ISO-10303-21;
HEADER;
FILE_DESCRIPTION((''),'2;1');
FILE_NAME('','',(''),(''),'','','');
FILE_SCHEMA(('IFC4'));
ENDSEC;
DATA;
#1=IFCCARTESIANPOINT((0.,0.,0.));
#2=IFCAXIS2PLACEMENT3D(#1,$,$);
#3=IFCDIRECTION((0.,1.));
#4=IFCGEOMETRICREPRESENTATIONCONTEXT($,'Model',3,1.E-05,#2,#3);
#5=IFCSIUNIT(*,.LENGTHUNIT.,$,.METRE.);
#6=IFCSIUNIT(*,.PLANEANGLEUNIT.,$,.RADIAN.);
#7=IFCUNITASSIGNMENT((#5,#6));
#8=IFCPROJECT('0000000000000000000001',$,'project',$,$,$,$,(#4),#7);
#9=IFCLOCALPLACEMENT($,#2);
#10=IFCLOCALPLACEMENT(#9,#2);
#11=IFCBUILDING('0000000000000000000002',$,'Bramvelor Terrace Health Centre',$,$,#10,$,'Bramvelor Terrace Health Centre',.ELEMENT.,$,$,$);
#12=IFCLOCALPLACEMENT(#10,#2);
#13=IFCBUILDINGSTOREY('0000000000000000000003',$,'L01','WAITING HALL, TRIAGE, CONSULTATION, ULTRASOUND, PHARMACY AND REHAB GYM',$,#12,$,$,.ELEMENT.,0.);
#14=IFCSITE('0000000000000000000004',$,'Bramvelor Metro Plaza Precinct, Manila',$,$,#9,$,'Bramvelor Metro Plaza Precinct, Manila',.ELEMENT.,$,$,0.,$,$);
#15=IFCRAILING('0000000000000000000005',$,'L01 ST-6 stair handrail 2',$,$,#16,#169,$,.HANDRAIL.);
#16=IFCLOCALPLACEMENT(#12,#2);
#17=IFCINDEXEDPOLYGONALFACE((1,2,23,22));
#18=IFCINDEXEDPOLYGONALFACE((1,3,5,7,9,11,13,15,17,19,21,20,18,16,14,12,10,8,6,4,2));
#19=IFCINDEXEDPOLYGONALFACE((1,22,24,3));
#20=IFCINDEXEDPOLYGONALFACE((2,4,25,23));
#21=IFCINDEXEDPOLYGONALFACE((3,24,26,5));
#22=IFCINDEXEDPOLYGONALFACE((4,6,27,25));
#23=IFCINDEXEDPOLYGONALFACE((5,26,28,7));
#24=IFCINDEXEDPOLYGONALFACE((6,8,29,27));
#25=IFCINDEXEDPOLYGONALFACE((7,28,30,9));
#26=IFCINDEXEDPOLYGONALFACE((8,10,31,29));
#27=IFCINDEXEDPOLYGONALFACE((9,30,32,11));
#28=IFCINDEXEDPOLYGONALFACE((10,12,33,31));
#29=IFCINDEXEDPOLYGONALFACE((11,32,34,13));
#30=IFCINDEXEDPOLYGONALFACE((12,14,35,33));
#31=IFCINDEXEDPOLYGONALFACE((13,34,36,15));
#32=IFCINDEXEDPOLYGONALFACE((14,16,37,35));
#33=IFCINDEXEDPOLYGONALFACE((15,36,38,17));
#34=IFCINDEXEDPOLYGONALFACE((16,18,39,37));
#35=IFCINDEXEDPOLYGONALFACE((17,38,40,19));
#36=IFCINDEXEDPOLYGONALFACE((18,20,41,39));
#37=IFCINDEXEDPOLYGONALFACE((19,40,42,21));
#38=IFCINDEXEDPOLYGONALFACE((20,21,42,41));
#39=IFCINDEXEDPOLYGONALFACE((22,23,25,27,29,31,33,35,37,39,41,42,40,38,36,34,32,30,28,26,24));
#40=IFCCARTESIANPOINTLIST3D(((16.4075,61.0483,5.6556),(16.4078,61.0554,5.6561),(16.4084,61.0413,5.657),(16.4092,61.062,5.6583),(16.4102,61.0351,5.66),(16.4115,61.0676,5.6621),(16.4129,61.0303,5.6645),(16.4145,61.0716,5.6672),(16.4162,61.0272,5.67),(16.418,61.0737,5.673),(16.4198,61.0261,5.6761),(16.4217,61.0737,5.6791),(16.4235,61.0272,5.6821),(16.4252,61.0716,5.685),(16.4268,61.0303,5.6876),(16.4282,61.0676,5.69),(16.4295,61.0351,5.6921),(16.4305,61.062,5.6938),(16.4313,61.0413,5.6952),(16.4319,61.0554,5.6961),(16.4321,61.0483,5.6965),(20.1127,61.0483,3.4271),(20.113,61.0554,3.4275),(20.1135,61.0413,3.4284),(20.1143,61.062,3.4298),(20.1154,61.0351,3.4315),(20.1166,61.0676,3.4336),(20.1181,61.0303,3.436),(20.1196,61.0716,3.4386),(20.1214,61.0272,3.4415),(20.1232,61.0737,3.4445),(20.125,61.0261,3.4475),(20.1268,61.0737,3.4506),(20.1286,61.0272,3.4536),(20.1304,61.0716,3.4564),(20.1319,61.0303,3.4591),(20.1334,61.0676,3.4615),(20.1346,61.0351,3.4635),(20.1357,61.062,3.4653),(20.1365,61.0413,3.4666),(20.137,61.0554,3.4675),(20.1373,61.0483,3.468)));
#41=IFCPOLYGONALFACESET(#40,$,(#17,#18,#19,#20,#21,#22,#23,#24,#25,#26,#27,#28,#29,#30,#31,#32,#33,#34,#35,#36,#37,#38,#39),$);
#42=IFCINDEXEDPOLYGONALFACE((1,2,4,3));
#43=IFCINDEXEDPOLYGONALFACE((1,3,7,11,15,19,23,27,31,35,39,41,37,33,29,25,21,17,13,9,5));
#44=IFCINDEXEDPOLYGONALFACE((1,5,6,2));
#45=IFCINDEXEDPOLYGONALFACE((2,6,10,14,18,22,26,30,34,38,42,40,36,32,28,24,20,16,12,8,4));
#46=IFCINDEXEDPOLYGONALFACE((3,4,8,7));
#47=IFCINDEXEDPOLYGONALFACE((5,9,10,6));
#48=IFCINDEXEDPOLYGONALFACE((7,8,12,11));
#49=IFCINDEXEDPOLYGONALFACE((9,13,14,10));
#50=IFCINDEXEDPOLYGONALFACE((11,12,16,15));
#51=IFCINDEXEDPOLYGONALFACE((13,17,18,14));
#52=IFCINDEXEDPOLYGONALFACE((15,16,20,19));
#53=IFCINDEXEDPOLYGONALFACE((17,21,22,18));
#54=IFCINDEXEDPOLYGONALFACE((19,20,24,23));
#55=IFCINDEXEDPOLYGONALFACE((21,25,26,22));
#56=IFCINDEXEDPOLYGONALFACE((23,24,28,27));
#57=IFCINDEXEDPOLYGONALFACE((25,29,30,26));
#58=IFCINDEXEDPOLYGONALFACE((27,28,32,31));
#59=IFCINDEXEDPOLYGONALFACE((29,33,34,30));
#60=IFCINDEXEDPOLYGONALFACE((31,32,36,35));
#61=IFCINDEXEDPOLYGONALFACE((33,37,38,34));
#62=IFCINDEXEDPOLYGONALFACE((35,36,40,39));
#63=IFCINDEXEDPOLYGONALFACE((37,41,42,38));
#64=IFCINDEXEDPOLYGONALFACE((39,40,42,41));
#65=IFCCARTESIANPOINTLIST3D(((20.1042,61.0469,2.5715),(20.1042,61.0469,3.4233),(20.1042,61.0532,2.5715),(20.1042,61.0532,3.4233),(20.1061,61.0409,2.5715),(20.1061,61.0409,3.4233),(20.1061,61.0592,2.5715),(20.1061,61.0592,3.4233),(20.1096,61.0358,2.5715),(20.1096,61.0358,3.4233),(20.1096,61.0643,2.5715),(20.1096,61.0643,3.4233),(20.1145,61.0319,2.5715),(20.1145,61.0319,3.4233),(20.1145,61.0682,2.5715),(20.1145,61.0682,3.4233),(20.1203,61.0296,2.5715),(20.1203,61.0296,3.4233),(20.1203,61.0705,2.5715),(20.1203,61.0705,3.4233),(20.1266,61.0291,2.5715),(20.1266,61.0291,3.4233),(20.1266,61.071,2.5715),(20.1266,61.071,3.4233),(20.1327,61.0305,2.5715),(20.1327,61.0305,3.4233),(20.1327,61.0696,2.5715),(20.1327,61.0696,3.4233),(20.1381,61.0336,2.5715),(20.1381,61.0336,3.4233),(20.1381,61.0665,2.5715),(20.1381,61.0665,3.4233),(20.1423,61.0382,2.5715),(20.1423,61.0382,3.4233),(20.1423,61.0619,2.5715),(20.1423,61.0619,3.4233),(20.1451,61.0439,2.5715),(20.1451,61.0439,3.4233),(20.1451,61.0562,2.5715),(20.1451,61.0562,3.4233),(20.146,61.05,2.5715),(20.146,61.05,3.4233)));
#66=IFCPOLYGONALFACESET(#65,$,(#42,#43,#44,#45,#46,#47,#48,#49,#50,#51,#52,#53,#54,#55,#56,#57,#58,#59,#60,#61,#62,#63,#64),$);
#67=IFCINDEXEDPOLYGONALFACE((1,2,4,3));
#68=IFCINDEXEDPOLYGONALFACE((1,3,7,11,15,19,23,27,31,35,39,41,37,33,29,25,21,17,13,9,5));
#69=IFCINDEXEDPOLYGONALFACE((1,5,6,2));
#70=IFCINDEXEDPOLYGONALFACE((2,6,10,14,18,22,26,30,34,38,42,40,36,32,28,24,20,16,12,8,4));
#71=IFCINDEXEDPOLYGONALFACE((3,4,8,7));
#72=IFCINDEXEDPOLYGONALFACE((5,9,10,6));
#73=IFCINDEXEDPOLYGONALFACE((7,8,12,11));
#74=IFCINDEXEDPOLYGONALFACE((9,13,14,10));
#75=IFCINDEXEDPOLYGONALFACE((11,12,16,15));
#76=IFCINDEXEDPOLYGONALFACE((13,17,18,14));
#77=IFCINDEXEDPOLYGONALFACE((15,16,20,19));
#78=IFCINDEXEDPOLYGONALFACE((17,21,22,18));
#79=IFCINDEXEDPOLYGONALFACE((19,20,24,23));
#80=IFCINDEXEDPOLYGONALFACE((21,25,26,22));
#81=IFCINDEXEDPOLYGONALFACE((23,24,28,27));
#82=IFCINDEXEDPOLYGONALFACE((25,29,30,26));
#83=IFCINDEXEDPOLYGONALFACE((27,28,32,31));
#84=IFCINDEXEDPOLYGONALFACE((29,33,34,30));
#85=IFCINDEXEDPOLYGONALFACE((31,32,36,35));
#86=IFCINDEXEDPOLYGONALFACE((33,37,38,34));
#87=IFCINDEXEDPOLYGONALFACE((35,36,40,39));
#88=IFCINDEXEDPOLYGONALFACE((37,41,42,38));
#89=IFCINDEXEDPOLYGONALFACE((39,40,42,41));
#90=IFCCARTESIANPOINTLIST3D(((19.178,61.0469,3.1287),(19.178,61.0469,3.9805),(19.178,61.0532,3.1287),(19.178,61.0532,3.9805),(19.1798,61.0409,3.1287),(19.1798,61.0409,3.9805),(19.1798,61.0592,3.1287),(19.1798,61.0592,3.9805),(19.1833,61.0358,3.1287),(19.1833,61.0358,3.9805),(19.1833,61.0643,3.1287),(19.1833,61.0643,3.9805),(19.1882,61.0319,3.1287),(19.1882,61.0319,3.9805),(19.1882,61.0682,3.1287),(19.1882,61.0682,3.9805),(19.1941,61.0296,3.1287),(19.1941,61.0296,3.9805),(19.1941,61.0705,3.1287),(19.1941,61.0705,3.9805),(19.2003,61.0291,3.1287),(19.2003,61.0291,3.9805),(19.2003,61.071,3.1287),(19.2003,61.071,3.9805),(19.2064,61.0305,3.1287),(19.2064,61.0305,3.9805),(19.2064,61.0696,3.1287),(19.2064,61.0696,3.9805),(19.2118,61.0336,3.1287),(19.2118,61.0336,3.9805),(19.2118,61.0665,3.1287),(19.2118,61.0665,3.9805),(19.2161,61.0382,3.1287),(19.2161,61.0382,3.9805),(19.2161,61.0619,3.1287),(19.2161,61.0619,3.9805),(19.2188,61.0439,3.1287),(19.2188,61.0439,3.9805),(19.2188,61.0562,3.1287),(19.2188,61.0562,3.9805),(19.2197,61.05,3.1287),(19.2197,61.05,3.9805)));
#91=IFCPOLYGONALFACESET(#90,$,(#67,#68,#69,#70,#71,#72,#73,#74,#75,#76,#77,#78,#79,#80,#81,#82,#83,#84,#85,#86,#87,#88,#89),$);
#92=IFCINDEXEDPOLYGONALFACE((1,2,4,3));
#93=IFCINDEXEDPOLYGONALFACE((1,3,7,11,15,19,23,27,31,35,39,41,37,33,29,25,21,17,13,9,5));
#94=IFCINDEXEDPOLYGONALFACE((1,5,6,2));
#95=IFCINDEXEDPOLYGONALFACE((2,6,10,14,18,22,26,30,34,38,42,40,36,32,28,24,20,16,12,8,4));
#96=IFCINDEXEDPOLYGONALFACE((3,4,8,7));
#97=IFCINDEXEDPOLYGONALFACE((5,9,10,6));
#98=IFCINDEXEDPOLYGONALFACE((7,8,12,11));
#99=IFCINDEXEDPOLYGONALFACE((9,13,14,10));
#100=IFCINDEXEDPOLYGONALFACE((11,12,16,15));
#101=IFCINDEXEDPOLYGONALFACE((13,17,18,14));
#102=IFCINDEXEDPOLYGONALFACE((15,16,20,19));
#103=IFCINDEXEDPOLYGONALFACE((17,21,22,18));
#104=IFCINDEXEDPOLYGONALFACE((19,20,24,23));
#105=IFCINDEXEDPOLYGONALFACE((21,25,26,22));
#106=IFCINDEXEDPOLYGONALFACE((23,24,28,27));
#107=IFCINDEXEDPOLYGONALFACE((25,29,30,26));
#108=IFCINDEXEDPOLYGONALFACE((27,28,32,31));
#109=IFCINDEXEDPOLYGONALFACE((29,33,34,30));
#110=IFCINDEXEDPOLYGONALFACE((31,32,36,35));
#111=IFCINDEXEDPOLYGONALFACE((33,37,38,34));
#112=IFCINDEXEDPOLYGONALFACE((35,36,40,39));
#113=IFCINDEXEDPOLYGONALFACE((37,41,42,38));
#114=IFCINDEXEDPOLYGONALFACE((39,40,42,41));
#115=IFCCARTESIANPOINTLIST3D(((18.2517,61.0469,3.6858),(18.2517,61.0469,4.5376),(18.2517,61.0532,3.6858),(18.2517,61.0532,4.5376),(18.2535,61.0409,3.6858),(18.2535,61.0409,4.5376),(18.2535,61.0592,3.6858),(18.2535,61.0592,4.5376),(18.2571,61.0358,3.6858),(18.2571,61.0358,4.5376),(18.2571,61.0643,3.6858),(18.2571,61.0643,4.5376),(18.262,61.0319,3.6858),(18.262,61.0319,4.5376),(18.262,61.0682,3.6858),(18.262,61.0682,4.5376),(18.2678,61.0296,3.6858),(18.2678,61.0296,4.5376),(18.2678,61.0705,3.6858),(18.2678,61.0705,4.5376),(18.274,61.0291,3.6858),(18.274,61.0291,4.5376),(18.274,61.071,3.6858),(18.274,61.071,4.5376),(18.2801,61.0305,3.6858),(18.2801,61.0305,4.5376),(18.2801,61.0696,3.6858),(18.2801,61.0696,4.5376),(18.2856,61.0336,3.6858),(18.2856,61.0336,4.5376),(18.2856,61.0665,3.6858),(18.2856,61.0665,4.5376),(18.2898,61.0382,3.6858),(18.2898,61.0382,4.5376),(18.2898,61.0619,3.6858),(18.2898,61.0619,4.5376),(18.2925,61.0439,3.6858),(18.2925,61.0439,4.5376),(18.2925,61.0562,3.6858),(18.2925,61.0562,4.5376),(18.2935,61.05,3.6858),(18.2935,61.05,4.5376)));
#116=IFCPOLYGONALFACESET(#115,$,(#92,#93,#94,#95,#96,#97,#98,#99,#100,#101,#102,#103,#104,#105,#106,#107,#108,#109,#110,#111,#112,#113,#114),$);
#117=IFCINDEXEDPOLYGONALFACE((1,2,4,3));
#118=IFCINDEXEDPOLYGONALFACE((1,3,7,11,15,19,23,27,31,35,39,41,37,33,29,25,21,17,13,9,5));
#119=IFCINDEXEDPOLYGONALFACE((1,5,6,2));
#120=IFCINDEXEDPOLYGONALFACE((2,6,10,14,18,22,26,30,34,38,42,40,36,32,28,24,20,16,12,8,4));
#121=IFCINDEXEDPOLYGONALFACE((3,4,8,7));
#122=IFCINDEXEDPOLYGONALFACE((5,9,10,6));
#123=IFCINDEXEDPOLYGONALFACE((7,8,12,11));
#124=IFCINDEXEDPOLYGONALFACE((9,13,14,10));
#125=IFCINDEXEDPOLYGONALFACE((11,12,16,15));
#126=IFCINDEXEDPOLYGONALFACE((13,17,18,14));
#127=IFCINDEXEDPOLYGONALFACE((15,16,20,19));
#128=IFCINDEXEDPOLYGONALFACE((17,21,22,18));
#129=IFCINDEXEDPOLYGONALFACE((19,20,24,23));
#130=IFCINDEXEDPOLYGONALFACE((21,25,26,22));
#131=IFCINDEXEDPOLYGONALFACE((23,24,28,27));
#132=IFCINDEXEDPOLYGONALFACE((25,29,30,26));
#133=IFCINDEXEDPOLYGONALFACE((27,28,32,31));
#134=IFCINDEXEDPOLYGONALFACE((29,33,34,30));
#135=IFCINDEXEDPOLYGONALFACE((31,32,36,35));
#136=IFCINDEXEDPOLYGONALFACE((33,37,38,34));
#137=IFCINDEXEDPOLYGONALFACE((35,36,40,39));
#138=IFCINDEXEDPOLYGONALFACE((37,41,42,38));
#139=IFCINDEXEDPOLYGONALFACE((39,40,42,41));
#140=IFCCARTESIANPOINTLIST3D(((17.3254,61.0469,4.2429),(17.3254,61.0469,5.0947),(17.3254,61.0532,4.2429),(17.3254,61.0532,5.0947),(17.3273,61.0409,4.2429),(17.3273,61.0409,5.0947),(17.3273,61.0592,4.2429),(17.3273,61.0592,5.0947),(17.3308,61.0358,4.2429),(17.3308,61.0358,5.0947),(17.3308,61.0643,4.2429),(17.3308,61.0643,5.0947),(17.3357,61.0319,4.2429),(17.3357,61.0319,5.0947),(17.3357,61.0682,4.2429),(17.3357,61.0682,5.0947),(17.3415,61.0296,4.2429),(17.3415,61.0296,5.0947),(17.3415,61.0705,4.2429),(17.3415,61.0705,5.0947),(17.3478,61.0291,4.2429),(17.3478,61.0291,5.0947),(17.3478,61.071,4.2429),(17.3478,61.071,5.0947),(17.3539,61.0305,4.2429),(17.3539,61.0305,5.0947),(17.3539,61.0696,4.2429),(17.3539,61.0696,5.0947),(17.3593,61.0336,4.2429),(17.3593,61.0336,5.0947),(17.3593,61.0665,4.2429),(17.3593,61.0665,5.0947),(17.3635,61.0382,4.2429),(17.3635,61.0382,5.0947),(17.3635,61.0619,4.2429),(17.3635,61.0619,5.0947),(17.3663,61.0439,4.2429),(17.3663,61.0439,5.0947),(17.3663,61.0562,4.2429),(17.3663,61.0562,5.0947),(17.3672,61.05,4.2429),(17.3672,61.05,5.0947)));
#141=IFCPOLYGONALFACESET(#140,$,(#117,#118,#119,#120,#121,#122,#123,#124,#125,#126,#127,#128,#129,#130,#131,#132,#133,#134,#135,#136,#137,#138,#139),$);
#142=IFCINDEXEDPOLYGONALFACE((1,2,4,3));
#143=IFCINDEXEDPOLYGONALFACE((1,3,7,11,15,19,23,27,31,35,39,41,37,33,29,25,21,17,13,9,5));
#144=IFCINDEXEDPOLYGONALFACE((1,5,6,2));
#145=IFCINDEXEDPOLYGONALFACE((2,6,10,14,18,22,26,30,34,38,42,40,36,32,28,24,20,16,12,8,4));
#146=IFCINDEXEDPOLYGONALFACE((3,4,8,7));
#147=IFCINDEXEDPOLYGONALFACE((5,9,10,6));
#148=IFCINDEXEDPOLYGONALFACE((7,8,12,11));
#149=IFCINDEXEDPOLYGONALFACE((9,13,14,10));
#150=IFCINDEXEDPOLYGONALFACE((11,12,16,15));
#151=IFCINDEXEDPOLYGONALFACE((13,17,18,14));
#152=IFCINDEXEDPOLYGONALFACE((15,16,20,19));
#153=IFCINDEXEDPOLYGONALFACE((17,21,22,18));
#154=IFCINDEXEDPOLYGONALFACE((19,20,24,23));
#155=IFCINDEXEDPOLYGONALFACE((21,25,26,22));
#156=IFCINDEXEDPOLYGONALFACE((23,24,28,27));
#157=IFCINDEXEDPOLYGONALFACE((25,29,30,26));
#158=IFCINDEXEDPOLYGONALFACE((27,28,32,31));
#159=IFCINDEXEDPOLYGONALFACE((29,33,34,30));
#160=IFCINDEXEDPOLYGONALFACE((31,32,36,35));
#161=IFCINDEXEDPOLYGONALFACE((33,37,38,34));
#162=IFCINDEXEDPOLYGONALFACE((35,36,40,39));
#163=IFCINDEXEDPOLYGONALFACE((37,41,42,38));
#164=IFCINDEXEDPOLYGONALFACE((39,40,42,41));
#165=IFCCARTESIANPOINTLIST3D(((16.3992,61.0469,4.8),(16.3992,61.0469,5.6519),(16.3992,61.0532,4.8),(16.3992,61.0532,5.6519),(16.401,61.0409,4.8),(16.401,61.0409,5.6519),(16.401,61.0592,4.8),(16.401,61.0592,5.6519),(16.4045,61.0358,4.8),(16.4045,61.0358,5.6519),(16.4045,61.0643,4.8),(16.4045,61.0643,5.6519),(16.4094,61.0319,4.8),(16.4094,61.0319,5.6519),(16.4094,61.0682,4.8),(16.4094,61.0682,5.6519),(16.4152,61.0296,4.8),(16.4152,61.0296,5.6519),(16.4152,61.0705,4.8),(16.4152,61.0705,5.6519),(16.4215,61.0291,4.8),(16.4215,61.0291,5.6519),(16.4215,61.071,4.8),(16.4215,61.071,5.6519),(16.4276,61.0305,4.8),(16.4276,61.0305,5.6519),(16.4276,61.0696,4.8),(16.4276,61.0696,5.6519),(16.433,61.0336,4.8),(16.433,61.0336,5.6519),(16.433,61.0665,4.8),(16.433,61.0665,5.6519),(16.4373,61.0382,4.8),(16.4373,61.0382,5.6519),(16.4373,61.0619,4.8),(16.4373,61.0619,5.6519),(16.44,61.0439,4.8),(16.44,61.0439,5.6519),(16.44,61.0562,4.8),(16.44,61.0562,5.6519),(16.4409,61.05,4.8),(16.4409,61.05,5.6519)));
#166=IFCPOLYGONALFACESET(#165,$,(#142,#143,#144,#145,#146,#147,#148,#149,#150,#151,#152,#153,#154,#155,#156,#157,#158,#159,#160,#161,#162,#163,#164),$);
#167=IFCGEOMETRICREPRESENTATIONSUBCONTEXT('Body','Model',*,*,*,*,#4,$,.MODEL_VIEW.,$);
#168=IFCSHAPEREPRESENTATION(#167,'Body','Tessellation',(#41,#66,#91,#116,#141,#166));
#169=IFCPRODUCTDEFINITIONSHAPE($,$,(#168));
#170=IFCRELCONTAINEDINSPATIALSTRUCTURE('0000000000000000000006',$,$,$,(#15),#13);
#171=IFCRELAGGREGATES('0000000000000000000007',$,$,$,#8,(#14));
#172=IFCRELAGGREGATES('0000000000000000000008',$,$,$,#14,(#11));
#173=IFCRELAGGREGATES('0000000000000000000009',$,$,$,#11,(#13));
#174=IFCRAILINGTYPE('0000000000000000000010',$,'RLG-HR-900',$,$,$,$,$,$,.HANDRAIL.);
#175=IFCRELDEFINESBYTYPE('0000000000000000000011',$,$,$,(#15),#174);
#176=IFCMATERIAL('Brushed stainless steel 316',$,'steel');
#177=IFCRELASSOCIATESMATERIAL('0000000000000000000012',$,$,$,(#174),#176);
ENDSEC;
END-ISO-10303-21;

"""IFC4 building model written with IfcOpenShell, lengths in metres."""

from ifc_helpers import new_model, si_unit, direction, frame, origin, origin_2d, place, context, subcontext, project, spatial, circle, extrude, material, type_object, element, save


model = new_model("IFC4")

# Units and contexts
model_context = context("Model", 3, precision=1e-05, world=origin(), true_north=direction((0.0, 1.0)))
body_context = subcontext(model_context, "Body", "Model", "MODEL_VIEW")
ifc_project = project(units=[si_unit("LENGTHUNIT", "METRE"), si_unit("PLANEANGLEUNIT", "RADIAN")], contexts=[model_context])

# Site, building, storey
site_placement = place(None, origin())
site = spatial("IfcSite", under=ifc_project, at=site_placement, Name="Bramvelor Metro Plaza Precinct, Manila", LongName="Bramvelor Metro Plaza Precinct, Manila", CompositionType="ELEMENT", RefElevation=0.0)
building_placement = place(site_placement, origin())
building = spatial("IfcBuilding", under=site, at=building_placement, Name="Bramvelor Terrace Health Centre", LongName="Bramvelor Terrace Health Centre", CompositionType="ELEMENT")
storey_placement = place(building_placement, origin())
storey = spatial("IfcBuildingStorey", under=building, at=storey_placement, Name="L01", Description="WAITING HALL, TRIAGE, CONSULTATION, ULTRASOUND, PHARMACY AND REHAB GYM", CompositionType="ELEMENT", Elevation=0.0)

# Railing
ifc_material_1 = material(Name="Brushed stainless steel 316", Category="steel")
railing_type_1 = type_object("IfcRailingType", Name="RLG-HR-900", PredefinedType="HANDRAIL", material=ifc_material_1)
railing_1_placement = place(storey_placement, frame((20.125, 61.05, 2.5715)))
element("IfcRailing", 1, at=railing_1_placement, inside=storey, type_object=railing_type_1, Name="L01 ST-6 stair handrail 2", PredefinedType="HANDRAIL", context=body_context, shape_type="SweptSolid", body=[
    extrude(circle(Radius=0.0239, at=origin_2d()), frame((0.0, 0.0, 0.876), z_axis=(-0.856934, 0.0, 0.515425), x_axis=(0.0, -1.0, 0.0)), (0.0, 0.0, 1.0), 4.3237),
    extrude(circle(Radius=0.021, at=origin_2d()), origin(), (0.0, 0.0, 1.0), 0.8518),
    extrude(circle(Radius=0.021, at=origin_2d()), frame((-0.9263, 0.0, 0.5571)), (0.0, 0.0, 1.0), 0.8518),
    extrude(circle(Radius=0.021, at=origin_2d()), frame((-1.8525, 0.0, 1.1143)), (0.0, 0.0, 1.0), 0.8518),
    extrude(circle(Radius=0.021, at=origin_2d()), frame((-2.7788, 0.0, 1.6714)), (0.0, 0.0, 1.0), 0.8518),
    extrude(circle(Radius=0.021, at=origin_2d()), frame((-3.7051, 0.0, 2.2285)), (0.0, 0.0, 1.0), 0.8518),
])

save(model, "model.ifc")
